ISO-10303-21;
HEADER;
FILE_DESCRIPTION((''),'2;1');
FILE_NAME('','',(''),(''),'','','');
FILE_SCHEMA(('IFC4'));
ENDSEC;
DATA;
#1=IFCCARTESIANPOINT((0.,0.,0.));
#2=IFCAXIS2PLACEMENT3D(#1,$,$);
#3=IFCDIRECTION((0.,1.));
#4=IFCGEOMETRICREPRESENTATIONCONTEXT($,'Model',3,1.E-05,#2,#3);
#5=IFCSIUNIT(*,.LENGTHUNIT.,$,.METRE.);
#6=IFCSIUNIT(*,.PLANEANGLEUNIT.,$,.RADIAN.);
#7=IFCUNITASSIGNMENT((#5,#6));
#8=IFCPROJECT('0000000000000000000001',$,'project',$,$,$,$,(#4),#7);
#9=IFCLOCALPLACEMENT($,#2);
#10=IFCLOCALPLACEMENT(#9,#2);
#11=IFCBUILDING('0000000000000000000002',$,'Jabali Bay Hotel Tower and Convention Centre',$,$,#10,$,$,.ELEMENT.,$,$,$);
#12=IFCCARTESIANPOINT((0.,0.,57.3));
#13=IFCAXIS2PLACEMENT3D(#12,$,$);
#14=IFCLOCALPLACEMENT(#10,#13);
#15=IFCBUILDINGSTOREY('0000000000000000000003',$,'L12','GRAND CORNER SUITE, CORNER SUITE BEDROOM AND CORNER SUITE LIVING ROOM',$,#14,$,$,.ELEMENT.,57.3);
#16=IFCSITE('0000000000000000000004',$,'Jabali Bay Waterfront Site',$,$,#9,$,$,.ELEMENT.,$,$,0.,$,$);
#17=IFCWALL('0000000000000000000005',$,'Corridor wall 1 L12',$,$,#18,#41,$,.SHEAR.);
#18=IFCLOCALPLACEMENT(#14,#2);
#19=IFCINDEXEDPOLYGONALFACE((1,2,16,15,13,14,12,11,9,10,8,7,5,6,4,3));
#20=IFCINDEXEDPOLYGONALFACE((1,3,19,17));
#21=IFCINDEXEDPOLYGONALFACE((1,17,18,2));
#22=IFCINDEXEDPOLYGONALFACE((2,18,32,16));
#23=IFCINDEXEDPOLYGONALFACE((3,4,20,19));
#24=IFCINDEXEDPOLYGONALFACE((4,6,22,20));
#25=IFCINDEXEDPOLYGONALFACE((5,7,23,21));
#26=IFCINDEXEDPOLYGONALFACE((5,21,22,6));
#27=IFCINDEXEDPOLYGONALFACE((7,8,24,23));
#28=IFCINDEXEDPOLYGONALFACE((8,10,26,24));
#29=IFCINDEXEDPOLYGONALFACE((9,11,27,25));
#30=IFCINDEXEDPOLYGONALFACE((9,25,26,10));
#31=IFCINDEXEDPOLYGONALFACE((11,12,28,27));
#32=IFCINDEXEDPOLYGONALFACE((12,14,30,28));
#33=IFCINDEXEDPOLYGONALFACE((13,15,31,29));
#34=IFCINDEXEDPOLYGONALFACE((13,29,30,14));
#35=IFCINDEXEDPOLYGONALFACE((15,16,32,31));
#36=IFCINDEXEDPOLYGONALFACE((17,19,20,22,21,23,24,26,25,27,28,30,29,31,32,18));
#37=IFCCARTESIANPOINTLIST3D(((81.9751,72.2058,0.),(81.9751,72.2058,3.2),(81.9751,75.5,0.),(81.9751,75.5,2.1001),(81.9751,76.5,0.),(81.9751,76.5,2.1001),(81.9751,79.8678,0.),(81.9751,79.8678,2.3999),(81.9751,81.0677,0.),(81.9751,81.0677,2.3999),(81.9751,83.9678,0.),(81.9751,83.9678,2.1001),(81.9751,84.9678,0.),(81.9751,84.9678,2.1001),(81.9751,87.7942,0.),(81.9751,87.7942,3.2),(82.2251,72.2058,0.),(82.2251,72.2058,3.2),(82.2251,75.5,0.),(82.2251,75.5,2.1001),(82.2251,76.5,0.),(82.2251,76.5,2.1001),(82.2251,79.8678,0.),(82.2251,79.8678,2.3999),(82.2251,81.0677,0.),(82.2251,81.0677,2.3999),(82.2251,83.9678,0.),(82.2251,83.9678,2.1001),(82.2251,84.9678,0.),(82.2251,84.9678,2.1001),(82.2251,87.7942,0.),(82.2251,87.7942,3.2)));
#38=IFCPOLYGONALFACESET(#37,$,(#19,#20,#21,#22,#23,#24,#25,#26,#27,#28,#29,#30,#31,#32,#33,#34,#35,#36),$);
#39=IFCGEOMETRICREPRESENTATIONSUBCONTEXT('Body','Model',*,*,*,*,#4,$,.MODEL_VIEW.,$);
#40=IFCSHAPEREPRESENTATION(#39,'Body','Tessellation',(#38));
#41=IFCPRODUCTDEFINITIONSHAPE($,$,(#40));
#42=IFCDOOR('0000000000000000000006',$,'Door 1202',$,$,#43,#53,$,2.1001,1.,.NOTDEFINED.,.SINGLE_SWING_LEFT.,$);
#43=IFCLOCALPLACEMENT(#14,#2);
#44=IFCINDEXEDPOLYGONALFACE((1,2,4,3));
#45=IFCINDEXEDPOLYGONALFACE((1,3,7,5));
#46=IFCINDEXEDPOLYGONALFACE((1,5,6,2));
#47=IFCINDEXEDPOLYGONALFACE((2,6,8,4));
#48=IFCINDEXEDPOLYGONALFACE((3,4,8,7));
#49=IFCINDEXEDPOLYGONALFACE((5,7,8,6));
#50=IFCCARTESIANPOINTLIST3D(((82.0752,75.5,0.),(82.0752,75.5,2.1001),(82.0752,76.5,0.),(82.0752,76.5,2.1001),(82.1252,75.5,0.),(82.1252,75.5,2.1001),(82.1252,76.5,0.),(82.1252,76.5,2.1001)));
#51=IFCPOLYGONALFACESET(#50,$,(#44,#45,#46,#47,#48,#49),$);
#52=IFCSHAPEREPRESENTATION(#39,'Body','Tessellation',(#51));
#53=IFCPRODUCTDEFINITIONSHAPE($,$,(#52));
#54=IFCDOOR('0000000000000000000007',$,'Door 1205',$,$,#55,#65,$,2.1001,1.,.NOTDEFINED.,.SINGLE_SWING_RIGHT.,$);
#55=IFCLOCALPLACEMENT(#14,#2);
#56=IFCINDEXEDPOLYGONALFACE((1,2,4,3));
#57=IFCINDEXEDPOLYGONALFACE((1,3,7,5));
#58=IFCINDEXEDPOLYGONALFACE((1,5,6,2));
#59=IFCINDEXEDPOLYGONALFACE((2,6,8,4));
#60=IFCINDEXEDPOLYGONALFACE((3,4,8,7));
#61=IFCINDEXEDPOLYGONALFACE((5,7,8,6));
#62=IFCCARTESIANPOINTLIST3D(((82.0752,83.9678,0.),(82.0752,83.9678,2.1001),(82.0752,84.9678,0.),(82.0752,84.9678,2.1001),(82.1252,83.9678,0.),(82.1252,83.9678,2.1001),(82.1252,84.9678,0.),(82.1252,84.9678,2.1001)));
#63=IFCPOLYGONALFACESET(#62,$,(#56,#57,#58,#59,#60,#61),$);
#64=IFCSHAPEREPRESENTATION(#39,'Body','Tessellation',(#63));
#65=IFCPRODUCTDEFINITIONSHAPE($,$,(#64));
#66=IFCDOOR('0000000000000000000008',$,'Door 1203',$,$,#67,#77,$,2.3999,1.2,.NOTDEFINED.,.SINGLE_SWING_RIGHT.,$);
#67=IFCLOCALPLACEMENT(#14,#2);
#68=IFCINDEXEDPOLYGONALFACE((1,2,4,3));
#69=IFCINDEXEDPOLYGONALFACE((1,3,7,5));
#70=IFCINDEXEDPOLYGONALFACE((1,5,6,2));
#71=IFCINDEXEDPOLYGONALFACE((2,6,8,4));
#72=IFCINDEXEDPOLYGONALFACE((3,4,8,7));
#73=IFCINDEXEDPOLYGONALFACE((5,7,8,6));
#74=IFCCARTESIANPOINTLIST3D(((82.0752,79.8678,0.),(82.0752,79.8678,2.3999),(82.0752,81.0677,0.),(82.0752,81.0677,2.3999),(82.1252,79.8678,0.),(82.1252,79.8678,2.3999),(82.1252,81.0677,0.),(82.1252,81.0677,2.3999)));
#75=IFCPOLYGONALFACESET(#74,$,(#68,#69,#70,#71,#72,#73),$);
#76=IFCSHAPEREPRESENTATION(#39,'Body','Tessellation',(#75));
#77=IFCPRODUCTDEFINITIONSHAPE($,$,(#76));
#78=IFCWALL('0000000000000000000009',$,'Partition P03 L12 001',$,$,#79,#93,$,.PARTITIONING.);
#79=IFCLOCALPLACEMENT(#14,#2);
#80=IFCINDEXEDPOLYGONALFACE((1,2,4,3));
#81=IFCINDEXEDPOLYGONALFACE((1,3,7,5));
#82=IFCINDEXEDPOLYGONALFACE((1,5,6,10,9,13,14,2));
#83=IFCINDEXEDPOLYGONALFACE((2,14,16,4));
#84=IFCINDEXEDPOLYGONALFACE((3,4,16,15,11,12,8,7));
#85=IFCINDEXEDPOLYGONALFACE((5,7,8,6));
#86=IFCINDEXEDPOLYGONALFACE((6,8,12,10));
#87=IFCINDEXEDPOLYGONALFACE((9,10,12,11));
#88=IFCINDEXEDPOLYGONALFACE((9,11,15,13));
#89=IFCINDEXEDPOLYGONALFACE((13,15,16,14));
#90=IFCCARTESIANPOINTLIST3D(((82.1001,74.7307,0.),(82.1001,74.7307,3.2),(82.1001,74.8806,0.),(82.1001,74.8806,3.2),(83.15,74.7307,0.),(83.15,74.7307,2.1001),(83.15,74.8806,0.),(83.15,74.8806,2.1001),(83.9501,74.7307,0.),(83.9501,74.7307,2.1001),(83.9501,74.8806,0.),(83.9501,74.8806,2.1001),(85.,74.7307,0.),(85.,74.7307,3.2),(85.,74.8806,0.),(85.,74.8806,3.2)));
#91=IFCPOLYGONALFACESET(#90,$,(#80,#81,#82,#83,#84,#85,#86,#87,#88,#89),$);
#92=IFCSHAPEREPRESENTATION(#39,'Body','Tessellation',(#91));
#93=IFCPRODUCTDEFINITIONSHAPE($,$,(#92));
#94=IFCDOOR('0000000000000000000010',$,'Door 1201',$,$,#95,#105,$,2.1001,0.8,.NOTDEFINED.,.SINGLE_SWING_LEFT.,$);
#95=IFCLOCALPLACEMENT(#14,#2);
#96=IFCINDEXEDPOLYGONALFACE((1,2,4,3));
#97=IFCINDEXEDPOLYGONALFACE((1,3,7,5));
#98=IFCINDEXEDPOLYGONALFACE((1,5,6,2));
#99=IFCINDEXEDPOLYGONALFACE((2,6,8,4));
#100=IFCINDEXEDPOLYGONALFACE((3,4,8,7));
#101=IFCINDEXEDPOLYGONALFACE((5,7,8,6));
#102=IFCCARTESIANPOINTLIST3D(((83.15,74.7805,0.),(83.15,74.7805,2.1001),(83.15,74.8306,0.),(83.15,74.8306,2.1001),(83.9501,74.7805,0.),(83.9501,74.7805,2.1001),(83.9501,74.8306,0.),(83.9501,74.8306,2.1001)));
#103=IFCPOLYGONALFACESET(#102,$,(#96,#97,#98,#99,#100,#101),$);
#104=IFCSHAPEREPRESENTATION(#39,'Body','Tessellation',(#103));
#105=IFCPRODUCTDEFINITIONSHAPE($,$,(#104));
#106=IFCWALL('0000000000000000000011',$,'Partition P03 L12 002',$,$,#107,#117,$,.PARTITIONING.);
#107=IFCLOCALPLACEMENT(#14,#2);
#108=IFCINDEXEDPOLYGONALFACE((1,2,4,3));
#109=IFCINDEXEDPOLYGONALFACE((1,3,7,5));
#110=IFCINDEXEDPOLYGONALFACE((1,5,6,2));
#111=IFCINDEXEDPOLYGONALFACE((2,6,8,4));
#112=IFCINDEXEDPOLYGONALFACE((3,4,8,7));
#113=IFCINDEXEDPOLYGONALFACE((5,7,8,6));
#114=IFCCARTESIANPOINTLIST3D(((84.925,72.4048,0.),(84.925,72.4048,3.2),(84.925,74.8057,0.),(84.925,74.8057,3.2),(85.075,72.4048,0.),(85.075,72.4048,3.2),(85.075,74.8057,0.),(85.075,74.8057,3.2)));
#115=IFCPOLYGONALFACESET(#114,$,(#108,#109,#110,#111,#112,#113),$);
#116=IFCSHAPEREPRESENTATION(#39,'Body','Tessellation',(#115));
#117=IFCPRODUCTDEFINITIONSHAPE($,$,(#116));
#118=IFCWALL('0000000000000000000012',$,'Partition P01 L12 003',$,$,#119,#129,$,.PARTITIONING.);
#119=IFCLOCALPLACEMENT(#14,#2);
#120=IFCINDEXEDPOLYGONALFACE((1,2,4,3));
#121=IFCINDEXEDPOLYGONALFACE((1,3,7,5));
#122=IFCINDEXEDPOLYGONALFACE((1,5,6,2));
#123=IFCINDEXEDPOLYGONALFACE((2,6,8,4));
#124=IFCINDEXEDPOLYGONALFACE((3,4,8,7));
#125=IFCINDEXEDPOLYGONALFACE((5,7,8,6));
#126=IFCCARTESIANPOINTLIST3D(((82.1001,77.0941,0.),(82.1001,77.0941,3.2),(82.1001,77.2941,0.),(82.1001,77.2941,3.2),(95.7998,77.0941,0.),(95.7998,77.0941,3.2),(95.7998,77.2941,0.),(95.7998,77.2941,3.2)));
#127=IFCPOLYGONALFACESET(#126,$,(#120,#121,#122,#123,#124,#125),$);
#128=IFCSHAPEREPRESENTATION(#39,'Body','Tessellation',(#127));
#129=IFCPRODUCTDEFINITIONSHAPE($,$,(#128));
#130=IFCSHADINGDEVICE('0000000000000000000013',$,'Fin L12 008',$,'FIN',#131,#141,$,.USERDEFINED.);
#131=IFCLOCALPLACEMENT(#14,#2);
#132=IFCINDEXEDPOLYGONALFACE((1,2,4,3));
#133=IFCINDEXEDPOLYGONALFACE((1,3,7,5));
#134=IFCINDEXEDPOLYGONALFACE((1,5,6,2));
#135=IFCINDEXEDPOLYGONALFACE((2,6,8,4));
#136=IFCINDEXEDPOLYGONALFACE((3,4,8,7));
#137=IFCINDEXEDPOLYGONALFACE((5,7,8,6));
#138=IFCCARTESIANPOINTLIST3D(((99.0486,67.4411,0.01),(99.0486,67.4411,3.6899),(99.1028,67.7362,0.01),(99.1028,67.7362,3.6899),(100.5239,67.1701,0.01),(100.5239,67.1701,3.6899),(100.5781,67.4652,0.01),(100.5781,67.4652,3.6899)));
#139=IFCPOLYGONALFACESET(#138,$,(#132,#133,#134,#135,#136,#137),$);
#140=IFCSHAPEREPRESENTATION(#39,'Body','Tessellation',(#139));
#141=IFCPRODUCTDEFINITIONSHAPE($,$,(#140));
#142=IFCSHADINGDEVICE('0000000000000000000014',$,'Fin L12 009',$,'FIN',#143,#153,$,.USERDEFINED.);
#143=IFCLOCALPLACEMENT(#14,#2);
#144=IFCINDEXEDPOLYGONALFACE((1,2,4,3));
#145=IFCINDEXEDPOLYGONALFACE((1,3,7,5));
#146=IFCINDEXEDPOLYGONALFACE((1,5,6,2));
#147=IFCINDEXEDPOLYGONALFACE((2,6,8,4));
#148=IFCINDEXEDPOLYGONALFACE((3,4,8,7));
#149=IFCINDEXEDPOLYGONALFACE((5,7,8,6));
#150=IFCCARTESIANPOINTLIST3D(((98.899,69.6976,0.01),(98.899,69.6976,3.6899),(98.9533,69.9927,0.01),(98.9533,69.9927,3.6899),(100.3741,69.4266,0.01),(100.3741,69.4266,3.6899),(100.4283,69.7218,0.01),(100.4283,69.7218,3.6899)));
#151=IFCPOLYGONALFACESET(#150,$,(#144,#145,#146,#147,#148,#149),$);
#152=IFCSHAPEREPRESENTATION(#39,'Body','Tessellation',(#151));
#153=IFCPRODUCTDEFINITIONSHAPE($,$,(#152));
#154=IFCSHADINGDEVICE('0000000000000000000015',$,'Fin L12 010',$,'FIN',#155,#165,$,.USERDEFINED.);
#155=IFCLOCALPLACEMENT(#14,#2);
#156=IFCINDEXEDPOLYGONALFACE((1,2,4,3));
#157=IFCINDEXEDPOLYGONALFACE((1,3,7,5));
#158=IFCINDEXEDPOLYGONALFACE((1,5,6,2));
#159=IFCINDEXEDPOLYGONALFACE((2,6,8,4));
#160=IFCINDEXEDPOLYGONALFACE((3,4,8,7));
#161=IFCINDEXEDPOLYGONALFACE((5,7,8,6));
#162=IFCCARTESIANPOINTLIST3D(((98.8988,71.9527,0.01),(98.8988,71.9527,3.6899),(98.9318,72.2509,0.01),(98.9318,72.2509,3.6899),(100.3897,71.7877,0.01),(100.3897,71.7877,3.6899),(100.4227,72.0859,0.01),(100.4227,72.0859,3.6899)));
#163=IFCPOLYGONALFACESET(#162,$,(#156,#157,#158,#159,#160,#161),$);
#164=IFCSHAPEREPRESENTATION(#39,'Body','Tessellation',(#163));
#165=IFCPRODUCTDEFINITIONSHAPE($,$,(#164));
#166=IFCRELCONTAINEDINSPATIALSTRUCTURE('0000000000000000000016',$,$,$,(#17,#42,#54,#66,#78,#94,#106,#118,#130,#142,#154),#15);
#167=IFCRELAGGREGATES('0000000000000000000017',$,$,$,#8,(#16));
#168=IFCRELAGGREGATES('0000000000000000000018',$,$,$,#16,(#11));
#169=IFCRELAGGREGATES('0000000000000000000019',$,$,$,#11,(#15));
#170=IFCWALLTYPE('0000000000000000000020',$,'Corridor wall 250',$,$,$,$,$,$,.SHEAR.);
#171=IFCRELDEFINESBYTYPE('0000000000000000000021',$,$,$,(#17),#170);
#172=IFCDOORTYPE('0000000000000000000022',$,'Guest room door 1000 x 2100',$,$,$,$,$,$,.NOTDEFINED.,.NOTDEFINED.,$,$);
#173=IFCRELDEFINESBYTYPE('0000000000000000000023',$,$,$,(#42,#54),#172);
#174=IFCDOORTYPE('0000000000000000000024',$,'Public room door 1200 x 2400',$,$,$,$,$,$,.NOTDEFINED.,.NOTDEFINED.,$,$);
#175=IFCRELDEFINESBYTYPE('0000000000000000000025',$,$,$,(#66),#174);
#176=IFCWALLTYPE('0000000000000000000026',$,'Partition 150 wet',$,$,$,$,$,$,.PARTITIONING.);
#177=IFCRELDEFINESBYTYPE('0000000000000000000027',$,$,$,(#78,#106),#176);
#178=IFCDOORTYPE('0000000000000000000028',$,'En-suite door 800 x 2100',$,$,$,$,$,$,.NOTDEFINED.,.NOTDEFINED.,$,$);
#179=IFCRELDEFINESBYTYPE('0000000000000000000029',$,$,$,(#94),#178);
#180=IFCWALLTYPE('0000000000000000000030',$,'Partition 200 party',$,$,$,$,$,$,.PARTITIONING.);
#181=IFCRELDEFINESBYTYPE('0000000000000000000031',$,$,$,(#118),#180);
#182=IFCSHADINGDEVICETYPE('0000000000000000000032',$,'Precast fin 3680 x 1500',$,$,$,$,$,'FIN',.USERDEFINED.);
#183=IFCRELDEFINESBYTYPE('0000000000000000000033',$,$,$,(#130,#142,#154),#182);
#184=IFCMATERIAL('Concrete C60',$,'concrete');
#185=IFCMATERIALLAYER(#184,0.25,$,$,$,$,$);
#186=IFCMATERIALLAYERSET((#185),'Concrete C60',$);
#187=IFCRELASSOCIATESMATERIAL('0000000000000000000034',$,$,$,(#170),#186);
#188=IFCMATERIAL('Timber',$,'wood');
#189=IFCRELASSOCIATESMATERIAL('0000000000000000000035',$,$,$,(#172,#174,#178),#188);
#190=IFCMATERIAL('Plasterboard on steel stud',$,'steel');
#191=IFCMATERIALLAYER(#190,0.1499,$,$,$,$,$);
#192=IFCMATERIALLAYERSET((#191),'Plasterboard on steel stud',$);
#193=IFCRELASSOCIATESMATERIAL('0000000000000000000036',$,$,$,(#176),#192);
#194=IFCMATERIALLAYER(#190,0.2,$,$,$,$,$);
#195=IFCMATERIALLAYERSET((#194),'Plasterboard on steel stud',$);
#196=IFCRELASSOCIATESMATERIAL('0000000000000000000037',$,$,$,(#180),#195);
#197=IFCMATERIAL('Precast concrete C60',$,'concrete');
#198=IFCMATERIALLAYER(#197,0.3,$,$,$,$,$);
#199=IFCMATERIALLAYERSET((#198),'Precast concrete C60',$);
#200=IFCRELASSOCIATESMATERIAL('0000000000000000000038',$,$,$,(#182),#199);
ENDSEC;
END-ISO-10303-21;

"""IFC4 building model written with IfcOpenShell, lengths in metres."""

from ifc_helpers import new_model, si_unit, direction, frame, frame_2d, origin, place, context, subcontext, project, spatial, rectangle, extrude, material, layer, layer_set, type_object, element, fill, save


model = new_model("IFC4")

# Units and contexts
model_context = context("Model", 3, precision=1e-05, world=origin(), true_north=direction((0.0, 1.0)))
body_context = subcontext(model_context, "Body", "Model", "MODEL_VIEW")
ifc_project = project(units=[si_unit("LENGTHUNIT", "METRE"), si_unit("PLANEANGLEUNIT", "RADIAN")], contexts=[model_context])

# Site, building, storey
site_placement = place(None, origin())
site = spatial("IfcSite", under=ifc_project, at=site_placement, Name="Jabali Bay Waterfront Site", CompositionType="ELEMENT", RefElevation=0.0)
building_placement = place(site_placement, origin())
building = spatial("IfcBuilding", under=site, at=building_placement, Name="Jabali Bay Hotel Tower and Convention Centre", CompositionType="ELEMENT")
storey_placement = place(building_placement, frame((0.0, 0.0, 57.3)))
storey = spatial("IfcBuildingStorey", under=building, at=storey_placement, Name="L12", Description="GRAND CORNER SUITE, CORNER SUITE BEDROOM AND CORNER SUITE LIVING ROOM", CompositionType="ELEMENT", Elevation=57.3)

# Shared definitions
ifc_material_1 = material(Name="Concrete C60", Category="concrete")

# Wall, openings, doors
ifc_layer_1 = layer(ifc_material_1, 0.25)
ifc_layer_set_1 = layer_set([ifc_layer_1], Name="Concrete C60")
wall_type_1 = type_object("IfcWallType", Name="Corridor wall 250", PredefinedType="SHEAR", material=ifc_layer_set_1)
wall_1_placement = place(storey_placement, frame((82.1001, 72.2058, 0.0), z_axis=(0.0, 0.0, 1.0), x_axis=(0.0, 1.0, 0.0)))
wall_1 = element("IfcWall", 1, at=wall_1_placement, inside=storey, type_object=wall_type_1, Name="Corridor wall 1 L12", PredefinedType="SHEAR", context=body_context, shape_type="SweptSolid", body=[
    extrude(rectangle(XDim=15.5884, YDim=0.25, at=frame_2d((7.7942, 0.0))), origin(), (0.0, 0.0, 1.0), 3.2),
])
opening_1_placement = place(wall_1_placement, frame((3.2942, 0.0, 0.0)))
opening_1 = element("IfcOpeningElement", 2, at=opening_1_placement, cuts=wall_1, PredefinedType="OPENING", context=body_context, shape_type="SweptSolid", body=[
    extrude(rectangle(XDim=1.0, YDim=2.1001, at=frame_2d((0.5, 1.05))), frame((0.0, 0.1355, 0.0), z_axis=(0.0, -1.0, 0.0), x_axis=(1.0, 0.0, 0.0)), (0.0, 0.0, 1.0), 0.271),
])
opening_2_placement = place(wall_1_placement, frame((7.6619, 0.0, 0.0)))
opening_2 = element("IfcOpeningElement", 3, at=opening_2_placement, cuts=wall_1, PredefinedType="OPENING", context=body_context, shape_type="SweptSolid", body=[
    extrude(rectangle(XDim=1.2, YDim=2.3999, at=frame_2d((0.6001, 1.2))), frame((0.0, 0.1355, 0.0), z_axis=(0.0, -1.0, 0.0), x_axis=(1.0, 0.0, 0.0)), (0.0, 0.0, 1.0), 0.271),
])
opening_3_placement = place(wall_1_placement, frame((11.762, 0.0, 0.0)))
opening_3 = element("IfcOpeningElement", 4, at=opening_3_placement, cuts=wall_1, PredefinedType="OPENING", context=body_context, shape_type="SweptSolid", body=[
    extrude(rectangle(XDim=1.0, YDim=2.1001, at=frame_2d((0.5, 1.05))), frame((0.0, 0.1355, 0.0), z_axis=(0.0, -1.0, 0.0), x_axis=(1.0, 0.0, 0.0)), (0.0, 0.0, 1.0), 0.271),
])
ifc_material_2 = material(Name="Timber", Category="wood")
door_type_1 = type_object("IfcDoorType", Name="Guest room door 1000 x 2100", OperationType="NOTDEFINED", PredefinedType="NOTDEFINED", material=ifc_material_2)
door_1_placement = place(opening_1_placement, origin())
door_1 = element("IfcDoor", 5, at=door_1_placement, inside=storey, type_object=door_type_1, Name="Door 1202", OperationType="SINGLE_SWING_LEFT", OverallHeight=2.1001, OverallWidth=1.0, PredefinedType="NOTDEFINED", context=body_context, shape_type="SweptSolid", body=[
    extrude(rectangle(XDim=1.0, YDim=2.1001, at=frame_2d((0.5, 1.05))), frame((0.0, 0.0249, 0.0), z_axis=(0.0, -1.0, 0.0), x_axis=(1.0, 0.0, 0.0)), (0.0, 0.0, 1.0), 0.05),
])
fill(opening_1, door_1)
door_2_placement = place(opening_3_placement, origin())
door_2 = element("IfcDoor", 6, at=door_2_placement, inside=storey, type_object=door_type_1, Name="Door 1205", OperationType="SINGLE_SWING_RIGHT", OverallHeight=2.1001, OverallWidth=1.0, PredefinedType="NOTDEFINED", context=body_context, shape_type="SweptSolid", body=[
    extrude(rectangle(XDim=1.0, YDim=2.1001, at=frame_2d((0.5, 1.05))), frame((0.0, 0.0249, 0.0), z_axis=(0.0, -1.0, 0.0), x_axis=(1.0, 0.0, 0.0)), (0.0, 0.0, 1.0), 0.05),
])
fill(opening_3, door_2)
door_type_2 = type_object("IfcDoorType", Name="Public room door 1200 x 2400", OperationType="NOTDEFINED", PredefinedType="NOTDEFINED", material=ifc_material_2)
door_3_placement = place(opening_2_placement, origin())
door_3 = element("IfcDoor", 7, at=door_3_placement, inside=storey, type_object=door_type_2, Name="Door 1203", OperationType="SINGLE_SWING_RIGHT", OverallHeight=2.3999, OverallWidth=1.2, PredefinedType="NOTDEFINED", context=body_context, shape_type="SweptSolid", body=[
    extrude(rectangle(XDim=1.2, YDim=2.3999, at=frame_2d((0.6001, 1.2))), frame((0.0, 0.0249, 0.0), z_axis=(0.0, -1.0, 0.0), x_axis=(1.0, 0.0, 0.0)), (0.0, 0.0, 1.0), 0.05),
])
fill(opening_2, door_3)

# Wall, opening, door
ifc_material_3 = material(Name="Plasterboard on steel stud", Category="steel")
ifc_layer_2 = layer(ifc_material_3, 0.1499)
ifc_layer_set_2 = layer_set([ifc_layer_2], Name="Plasterboard on steel stud")
wall_type_2 = type_object("IfcWallType", Name="Partition 150 wet", PredefinedType="PARTITIONING", material=ifc_layer_set_2)
wall_2_placement = place(storey_placement, frame((82.1001, 74.8057, 0.0), z_axis=(0.0, 0.0, 1.0), x_axis=(1.0, 0.0, 0.0)))
wall_2 = element("IfcWall", 8, at=wall_2_placement, inside=storey, type_object=wall_type_2, Name="Partition P03 L12 001", PredefinedType="PARTITIONING", context=body_context, shape_type="SweptSolid", body=[
    extrude(rectangle(XDim=2.8999, YDim=0.1499, at=frame_2d((1.45, 0.0))), origin(), (0.0, 0.0, 1.0), 3.2),
])
opening_4_placement = place(wall_2_placement, frame((1.05, 0.0, 0.0)))
opening_4 = element("IfcOpeningElement", 9, at=opening_4_placement, cuts=wall_2, PredefinedType="OPENING", context=body_context, shape_type="SweptSolid", body=[
    extrude(rectangle(XDim=0.8, YDim=2.1001, at=frame_2d((0.3999, 1.05))), frame((0.0, 0.0854, 0.0), z_axis=(0.0, -1.0, 0.0), x_axis=(1.0, 0.0, 0.0)), (0.0, 0.0, 1.0), 0.1709),
])
door_type_3 = type_object("IfcDoorType", Name="En-suite door 800 x 2100", OperationType="NOTDEFINED", PredefinedType="NOTDEFINED", material=ifc_material_2)
door_4_placement = place(opening_4_placement, origin())
door_4 = element("IfcDoor", 10, at=door_4_placement, inside=storey, type_object=door_type_3, Name="Door 1201", OperationType="SINGLE_SWING_LEFT", OverallHeight=2.1001, OverallWidth=0.8, PredefinedType="NOTDEFINED", context=body_context, shape_type="SweptSolid", body=[
    extrude(rectangle(XDim=0.8, YDim=2.1001, at=frame_2d((0.3999, 1.05))), frame((0.0, 0.0249, 0.0), z_axis=(0.0, -1.0, 0.0), x_axis=(1.0, 0.0, 0.0)), (0.0, 0.0, 1.0), 0.05),
])
fill(opening_4, door_4)

# Walls
wall_3_placement = place(storey_placement, frame((85.0, 74.8057, 0.0), z_axis=(0.0, 0.0, 1.0), x_axis=(0.0, -1.0, 0.0)))
element("IfcWall", 11, at=wall_3_placement, inside=storey, type_object=wall_type_2, Name="Partition P03 L12 002", PredefinedType="PARTITIONING", context=body_context, shape_type="SweptSolid", body=[
    extrude(rectangle(XDim=2.4009, YDim=0.1499, at=frame_2d((1.2004, 0.0))), origin(), (0.0, 0.0, 1.0), 3.2),
])
ifc_layer_3 = layer(ifc_material_3, 0.2)
ifc_layer_set_3 = layer_set([ifc_layer_3], Name="Plasterboard on steel stud")
wall_type_3 = type_object("IfcWallType", Name="Partition 200 party", PredefinedType="PARTITIONING", material=ifc_layer_set_3)
wall_4_placement = place(storey_placement, frame((95.7998, 77.1941, 0.0), z_axis=(0.0, 0.0, 1.0), x_axis=(-1.0, 0.0, 0.0)))
element("IfcWall", 12, at=wall_4_placement, inside=storey, type_object=wall_type_3, Name="Partition P01 L12 003", PredefinedType="PARTITIONING", context=body_context, shape_type="SweptSolid", body=[
    extrude(rectangle(XDim=13.6997, YDim=0.2, at=frame_2d((6.8499, 0.0))), origin(), (0.0, 0.0, 1.0), 3.2),
])

# Shading devices
ifc_material_4 = material(Name="Precast concrete C60", Category="concrete")
ifc_layer_4 = layer(ifc_material_4, 0.3)
ifc_layer_set_4 = layer_set([ifc_layer_4], Name="Precast concrete C60")
shading_device_type = type_object("IfcShadingDeviceType", Name="Precast fin 3680 x 1500", ElementType="FIN", PredefinedType="USERDEFINED", material=ifc_layer_set_4)
shading_device_1_placement = place(storey_placement, frame((99.0757, 67.5886, 0.01), z_axis=(0.0, 0.0, 1.0), x_axis=(0.983545, -0.180661, 0.0)))
element("IfcShadingDevice", 13, at=shading_device_1_placement, inside=storey, type_object=shading_device_type, Name="Fin L12 008", ObjectType="FIN", PredefinedType="USERDEFINED", context=body_context, shape_type="SweptSolid", body=[
    extrude(rectangle(XDim=1.5, YDim=0.3, at=frame_2d((0.75, 0.0))), origin(), (0.0, 0.0, 1.0), 3.6799),
])
shading_device_2_placement = place(storey_placement, frame((98.926, 69.8452, 0.01), z_axis=(0.0, 0.0, 1.0), x_axis=(0.98354, -0.18069, 0.0)))
element("IfcShadingDevice", 14, at=shading_device_2_placement, inside=storey, type_object=shading_device_type, Name="Fin L12 009", ObjectType="FIN", PredefinedType="USERDEFINED", context=body_context, shape_type="SweptSolid", body=[
    extrude(rectangle(XDim=1.4998, YDim=0.3, at=frame_2d((0.75, 0.0))), origin(), (0.0, 0.0, 1.0), 3.6799),
])
for number, where, z_axis, x_axis, name in (
    (15, (98.9153, 72.1018, 0.01), (0.0, 0.0, 1.0), (0.993929, -0.110021, 0.0), "Fin L12 010"),
):
    element("IfcShadingDevice", number, at=place(storey_placement, frame(where, z_axis=z_axis, x_axis=x_axis)), inside=storey, type_object=shading_device_type, Name=name, ObjectType="FIN", PredefinedType="USERDEFINED", context=body_context, shape_type="SweptSolid", body=[
        extrude(rectangle(XDim=1.5, YDim=0.3, at=frame_2d((0.75, 0.0))), origin(), (0.0, 0.0, 1.0), 3.6799),
    ])

save(model, "model.ifc")
